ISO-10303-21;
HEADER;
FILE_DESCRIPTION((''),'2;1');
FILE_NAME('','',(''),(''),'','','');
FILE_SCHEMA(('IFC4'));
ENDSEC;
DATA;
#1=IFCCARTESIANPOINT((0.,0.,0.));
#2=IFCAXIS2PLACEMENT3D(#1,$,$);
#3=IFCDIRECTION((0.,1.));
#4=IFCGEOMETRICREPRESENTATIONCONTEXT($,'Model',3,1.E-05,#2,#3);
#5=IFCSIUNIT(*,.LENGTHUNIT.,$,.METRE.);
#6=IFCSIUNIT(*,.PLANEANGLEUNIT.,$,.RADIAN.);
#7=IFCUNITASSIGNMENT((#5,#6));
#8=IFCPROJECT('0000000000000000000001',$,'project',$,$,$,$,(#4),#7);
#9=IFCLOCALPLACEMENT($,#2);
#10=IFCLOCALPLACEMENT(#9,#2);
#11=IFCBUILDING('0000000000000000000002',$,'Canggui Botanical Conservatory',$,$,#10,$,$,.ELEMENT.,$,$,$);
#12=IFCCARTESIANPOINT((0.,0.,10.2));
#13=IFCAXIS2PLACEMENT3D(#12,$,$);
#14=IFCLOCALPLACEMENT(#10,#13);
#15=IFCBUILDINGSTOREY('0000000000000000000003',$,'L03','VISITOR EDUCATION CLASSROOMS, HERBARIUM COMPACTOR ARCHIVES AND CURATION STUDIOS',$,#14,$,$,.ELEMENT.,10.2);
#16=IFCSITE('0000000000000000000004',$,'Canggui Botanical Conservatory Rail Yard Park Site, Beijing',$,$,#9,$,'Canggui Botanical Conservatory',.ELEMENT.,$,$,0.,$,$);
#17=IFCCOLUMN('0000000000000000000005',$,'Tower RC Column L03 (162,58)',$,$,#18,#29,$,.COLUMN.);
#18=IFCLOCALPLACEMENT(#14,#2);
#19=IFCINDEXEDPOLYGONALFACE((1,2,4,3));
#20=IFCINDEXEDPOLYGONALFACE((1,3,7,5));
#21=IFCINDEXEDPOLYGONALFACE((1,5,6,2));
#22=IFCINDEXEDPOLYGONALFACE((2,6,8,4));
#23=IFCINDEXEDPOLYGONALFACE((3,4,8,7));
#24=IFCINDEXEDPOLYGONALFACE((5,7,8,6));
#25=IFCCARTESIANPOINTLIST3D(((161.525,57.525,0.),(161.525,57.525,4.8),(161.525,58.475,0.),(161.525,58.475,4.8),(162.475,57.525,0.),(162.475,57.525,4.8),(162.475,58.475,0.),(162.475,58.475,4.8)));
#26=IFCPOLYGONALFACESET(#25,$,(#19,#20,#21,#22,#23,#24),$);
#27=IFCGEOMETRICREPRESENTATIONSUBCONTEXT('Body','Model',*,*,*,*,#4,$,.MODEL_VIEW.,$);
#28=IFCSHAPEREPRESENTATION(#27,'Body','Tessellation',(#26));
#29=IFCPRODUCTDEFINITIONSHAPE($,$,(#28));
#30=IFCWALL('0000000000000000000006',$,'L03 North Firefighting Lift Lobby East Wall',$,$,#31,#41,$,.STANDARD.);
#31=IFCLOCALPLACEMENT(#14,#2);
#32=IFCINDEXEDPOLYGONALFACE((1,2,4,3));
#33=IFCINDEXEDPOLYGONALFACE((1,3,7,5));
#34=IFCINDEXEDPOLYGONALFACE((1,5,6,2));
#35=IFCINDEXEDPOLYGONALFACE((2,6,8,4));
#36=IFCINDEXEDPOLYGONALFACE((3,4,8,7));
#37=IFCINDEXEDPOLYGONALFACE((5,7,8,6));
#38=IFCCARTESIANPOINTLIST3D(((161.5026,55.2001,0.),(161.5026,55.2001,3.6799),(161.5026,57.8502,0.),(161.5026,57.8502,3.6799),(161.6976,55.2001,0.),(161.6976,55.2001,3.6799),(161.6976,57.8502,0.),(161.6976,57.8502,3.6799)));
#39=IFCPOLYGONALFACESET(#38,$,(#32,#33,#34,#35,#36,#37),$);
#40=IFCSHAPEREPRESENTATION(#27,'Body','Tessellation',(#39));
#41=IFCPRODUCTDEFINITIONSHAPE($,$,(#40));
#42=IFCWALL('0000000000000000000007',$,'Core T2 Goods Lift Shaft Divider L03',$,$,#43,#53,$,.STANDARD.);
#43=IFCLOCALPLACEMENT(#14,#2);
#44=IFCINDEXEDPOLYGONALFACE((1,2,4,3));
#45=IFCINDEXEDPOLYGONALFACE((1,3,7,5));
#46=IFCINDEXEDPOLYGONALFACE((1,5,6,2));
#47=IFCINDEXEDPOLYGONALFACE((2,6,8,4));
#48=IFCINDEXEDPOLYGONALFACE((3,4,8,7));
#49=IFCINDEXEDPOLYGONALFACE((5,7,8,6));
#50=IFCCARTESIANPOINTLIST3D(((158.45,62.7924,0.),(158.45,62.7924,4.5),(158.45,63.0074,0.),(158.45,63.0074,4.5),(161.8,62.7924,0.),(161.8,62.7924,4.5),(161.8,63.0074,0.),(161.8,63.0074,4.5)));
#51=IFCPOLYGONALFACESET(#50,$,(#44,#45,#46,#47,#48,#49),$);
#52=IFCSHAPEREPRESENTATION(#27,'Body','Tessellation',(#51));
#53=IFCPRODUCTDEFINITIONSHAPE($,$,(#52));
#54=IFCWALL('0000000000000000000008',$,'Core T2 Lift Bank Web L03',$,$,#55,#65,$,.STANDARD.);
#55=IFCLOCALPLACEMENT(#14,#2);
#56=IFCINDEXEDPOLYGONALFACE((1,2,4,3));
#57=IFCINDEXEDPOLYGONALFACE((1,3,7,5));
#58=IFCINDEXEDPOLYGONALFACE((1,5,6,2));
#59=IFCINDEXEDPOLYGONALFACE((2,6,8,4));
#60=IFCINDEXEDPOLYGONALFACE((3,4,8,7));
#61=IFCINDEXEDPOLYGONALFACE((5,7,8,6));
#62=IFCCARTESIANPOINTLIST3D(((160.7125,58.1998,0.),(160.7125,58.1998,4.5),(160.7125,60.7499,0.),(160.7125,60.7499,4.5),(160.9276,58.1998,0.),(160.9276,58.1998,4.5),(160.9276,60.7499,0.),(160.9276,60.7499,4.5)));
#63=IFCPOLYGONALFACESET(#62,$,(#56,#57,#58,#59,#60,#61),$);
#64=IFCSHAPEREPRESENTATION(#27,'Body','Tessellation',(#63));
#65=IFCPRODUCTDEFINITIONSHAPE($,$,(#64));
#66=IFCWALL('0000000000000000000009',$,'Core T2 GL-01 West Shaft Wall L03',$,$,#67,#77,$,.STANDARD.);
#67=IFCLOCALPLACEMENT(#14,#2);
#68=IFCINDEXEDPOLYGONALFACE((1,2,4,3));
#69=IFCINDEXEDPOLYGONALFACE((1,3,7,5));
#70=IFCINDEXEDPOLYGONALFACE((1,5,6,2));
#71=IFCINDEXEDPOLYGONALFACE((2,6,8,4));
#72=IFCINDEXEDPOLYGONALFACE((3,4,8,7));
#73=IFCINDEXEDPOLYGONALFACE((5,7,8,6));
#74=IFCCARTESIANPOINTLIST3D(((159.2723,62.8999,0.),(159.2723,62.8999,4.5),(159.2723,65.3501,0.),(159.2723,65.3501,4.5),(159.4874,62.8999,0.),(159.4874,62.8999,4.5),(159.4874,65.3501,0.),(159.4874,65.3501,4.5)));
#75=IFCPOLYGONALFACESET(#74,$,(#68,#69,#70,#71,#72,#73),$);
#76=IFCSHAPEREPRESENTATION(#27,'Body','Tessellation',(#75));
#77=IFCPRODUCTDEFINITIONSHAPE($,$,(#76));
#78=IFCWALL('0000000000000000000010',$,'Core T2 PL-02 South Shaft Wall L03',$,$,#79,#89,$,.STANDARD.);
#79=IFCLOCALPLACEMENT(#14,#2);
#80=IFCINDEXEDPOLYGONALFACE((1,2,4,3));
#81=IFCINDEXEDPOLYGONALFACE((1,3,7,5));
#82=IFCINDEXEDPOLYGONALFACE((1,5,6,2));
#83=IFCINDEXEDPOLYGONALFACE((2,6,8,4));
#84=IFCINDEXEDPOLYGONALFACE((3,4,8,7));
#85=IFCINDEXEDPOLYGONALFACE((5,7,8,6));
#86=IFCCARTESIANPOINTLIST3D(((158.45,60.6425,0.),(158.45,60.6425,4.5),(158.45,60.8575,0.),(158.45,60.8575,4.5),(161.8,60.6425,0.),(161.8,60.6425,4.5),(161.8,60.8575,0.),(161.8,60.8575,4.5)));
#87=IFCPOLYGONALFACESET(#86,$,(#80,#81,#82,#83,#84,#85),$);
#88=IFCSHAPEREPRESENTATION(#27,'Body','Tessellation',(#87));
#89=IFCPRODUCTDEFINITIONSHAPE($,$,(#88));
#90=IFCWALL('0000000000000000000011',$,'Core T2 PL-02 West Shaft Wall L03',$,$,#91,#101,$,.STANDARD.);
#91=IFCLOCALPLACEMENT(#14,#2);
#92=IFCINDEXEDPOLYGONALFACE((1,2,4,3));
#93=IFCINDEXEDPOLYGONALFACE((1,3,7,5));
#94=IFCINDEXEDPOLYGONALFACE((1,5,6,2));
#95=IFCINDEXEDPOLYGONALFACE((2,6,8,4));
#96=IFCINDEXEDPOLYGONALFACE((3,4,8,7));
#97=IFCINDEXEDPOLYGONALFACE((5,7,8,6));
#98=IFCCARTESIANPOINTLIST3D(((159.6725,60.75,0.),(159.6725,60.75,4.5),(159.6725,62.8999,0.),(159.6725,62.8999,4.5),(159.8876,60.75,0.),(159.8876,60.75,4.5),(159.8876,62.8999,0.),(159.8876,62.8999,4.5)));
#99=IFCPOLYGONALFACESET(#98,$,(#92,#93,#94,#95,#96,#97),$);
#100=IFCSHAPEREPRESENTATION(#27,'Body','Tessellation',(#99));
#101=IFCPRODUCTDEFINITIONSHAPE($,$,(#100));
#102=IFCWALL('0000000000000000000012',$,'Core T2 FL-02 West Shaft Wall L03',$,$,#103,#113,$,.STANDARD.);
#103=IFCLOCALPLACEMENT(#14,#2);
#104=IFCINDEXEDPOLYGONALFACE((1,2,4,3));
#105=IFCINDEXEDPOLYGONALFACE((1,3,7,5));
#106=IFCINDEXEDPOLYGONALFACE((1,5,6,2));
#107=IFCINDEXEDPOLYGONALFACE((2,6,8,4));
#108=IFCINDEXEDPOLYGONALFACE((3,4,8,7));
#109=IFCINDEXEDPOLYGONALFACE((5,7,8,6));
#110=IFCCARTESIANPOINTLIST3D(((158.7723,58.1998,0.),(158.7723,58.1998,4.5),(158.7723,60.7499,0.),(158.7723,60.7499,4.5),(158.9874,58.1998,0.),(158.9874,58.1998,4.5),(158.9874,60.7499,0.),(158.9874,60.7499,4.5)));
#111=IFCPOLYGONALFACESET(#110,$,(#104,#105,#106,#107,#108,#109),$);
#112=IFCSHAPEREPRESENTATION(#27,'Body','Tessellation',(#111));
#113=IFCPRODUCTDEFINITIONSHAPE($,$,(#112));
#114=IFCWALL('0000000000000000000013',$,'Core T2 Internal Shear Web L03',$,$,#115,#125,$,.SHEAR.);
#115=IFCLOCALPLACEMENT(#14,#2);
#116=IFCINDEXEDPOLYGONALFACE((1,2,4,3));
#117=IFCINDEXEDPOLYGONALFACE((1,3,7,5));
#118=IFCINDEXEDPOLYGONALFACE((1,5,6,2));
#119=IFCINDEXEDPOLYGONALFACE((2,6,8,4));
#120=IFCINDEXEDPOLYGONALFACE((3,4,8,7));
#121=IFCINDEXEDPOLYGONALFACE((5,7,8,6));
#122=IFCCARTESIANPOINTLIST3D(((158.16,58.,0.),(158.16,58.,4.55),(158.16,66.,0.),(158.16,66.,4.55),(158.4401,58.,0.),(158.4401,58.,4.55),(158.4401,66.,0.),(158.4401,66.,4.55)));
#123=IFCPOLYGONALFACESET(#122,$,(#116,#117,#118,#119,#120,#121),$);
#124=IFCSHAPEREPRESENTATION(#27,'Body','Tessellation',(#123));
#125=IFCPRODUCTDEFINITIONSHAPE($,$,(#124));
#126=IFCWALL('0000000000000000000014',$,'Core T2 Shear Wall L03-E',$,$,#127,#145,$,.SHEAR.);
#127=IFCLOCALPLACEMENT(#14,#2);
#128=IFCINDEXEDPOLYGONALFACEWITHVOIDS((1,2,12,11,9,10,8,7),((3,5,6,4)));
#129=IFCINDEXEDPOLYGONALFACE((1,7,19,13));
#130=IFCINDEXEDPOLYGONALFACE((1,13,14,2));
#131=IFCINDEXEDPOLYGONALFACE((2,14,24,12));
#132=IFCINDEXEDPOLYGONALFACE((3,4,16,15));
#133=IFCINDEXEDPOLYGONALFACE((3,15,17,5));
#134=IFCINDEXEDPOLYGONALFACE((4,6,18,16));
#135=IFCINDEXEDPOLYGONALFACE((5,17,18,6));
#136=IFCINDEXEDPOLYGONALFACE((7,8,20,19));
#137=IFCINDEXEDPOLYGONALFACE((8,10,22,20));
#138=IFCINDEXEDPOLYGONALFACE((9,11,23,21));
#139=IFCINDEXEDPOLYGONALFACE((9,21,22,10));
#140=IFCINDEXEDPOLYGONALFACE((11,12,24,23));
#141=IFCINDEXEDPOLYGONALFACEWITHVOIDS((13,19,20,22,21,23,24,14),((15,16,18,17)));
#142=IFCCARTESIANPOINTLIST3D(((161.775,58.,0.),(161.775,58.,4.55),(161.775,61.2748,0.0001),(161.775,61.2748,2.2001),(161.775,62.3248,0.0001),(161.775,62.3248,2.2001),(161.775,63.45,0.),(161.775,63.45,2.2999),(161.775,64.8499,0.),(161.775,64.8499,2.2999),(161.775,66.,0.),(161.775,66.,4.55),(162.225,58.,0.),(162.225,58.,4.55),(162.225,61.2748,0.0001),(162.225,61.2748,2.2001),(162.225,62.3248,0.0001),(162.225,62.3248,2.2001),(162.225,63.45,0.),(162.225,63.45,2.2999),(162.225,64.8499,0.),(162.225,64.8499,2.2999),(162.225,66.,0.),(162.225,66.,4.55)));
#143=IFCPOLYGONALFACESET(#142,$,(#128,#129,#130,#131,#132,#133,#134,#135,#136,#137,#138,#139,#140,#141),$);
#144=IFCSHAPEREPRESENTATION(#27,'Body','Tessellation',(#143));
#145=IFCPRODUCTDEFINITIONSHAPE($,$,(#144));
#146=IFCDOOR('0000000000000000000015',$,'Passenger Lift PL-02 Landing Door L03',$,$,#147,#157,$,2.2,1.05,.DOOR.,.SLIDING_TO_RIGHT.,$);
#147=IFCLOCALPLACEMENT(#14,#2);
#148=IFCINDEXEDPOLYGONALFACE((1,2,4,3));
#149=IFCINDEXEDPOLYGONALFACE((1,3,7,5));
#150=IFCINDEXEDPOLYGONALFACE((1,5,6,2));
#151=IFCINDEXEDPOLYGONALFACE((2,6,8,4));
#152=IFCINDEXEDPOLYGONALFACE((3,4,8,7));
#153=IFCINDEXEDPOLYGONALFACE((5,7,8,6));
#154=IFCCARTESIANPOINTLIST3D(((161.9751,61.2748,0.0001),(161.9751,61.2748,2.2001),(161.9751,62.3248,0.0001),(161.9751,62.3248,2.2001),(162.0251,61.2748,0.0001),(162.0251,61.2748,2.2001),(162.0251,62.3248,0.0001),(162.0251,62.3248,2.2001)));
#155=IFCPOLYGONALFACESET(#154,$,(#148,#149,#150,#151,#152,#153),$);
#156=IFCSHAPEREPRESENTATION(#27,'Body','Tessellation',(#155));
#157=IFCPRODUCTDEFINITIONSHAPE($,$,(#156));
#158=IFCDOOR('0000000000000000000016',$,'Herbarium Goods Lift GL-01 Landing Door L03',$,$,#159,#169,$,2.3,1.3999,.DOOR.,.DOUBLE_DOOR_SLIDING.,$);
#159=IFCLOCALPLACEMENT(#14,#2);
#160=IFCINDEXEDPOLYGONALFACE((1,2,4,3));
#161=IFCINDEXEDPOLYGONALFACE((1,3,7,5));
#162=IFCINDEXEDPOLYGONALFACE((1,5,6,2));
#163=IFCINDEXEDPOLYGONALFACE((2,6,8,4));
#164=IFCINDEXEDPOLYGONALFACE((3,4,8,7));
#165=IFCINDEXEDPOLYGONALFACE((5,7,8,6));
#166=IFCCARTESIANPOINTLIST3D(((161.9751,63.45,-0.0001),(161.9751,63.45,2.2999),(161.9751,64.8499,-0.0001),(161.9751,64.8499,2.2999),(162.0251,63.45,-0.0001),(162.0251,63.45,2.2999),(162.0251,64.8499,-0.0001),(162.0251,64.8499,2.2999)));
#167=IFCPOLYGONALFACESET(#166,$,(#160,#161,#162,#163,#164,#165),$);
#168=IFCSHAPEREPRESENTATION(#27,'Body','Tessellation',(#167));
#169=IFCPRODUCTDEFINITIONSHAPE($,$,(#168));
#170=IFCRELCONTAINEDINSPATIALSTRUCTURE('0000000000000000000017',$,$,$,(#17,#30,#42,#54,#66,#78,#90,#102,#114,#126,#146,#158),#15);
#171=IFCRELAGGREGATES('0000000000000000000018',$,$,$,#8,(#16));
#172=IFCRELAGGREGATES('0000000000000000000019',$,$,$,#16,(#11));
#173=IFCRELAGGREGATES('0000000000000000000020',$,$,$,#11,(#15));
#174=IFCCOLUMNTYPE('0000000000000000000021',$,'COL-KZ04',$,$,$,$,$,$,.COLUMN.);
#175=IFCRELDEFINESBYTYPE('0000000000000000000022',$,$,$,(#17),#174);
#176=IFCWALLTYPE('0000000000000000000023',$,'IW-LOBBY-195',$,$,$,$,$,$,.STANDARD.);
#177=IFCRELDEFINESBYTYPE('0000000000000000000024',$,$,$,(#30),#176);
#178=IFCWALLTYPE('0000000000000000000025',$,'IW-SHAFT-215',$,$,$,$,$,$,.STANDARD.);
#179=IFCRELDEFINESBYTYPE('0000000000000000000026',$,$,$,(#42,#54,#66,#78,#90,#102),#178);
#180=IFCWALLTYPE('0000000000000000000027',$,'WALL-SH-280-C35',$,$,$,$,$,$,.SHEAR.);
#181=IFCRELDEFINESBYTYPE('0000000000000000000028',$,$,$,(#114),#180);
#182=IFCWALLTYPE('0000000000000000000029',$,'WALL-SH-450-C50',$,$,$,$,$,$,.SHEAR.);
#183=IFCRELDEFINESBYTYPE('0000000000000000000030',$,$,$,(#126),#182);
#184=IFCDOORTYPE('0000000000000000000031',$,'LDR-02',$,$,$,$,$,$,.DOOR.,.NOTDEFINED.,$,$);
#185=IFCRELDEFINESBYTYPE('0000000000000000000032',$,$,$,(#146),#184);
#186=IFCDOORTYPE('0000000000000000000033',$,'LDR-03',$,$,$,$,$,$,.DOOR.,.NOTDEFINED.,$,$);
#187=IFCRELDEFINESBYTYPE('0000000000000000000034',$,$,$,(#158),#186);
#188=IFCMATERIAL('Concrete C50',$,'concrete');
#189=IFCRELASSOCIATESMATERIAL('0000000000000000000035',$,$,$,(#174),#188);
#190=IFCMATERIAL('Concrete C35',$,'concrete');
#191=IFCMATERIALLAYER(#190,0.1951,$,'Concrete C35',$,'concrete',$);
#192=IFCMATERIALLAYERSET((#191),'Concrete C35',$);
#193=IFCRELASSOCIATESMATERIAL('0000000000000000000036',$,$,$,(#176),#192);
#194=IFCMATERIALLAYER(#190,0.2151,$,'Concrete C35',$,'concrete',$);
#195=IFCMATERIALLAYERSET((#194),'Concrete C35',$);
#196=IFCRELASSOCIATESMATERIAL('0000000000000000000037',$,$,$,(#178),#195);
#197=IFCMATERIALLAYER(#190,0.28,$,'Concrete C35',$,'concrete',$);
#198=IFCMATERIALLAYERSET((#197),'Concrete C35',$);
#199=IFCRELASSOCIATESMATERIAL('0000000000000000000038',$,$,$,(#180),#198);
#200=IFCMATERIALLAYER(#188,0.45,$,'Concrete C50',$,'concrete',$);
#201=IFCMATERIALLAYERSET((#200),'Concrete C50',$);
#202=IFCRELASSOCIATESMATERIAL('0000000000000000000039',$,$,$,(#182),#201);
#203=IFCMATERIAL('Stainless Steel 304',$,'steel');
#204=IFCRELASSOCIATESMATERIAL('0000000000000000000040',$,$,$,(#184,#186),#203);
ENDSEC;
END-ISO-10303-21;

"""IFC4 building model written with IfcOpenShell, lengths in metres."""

from ifc_helpers import new_model, si_unit, direction, frame, frame_2d, origin, origin_2d, place, context, subcontext, project, spatial, rectangle, extrude, material, layer, layer_set, material_profile, profile_set, type_object, element, fill, save


model = new_model("IFC4")

# Units and contexts
model_context = context("Model", 3, precision=1e-05, world=origin(), true_north=direction((0.0, 1.0)))
body_context = subcontext(model_context, "Body", "Model", "MODEL_VIEW")
ifc_project = project(units=[si_unit("LENGTHUNIT", "METRE"), si_unit("PLANEANGLEUNIT", "RADIAN")], contexts=[model_context])

# Site, building, storey
site_placement = place(None, origin())
site = spatial("IfcSite", under=ifc_project, at=site_placement, Name="Canggui Botanical Conservatory Rail Yard Park Site, Beijing", LongName="Canggui Botanical Conservatory", CompositionType="ELEMENT", RefElevation=0.0)
building_placement = place(site_placement, origin())
building = spatial("IfcBuilding", under=site, at=building_placement, Name="Canggui Botanical Conservatory", CompositionType="ELEMENT")
storey_placement = place(building_placement, frame((0.0, 0.0, 10.2)))
storey = spatial("IfcBuildingStorey", under=building, at=storey_placement, Name="L03", Description="VISITOR EDUCATION CLASSROOMS, HERBARIUM COMPACTOR ARCHIVES AND CURATION STUDIOS", CompositionType="ELEMENT", Elevation=10.2)

# Column
ifc_material_1 = material(Name="Concrete C50", Category="concrete")
ifc_material_profile = material_profile(ifc_material_1, rectangle(XDim=0.95, YDim=0.95, at=origin_2d()), Name="RC 950x950")
ifc_profile_set = profile_set([ifc_material_profile], Name="Concrete C50")
column_type = type_object("IfcColumnType", Name="COL-KZ04", PredefinedType="COLUMN", material=ifc_profile_set)
column_placement = place(storey_placement, frame((162.0, 58.0, 0.0), z_axis=(0.0, 0.0, 1.0), x_axis=(1.0, 0.0, 0.0)))
element("IfcColumn", 1, at=column_placement, inside=storey, type_object=column_type, Name="Tower RC Column L03 (162,58)", PredefinedType="COLUMN", context=body_context, shape_type="SweptSolid", body=[
    extrude(rectangle(XDim=0.95, YDim=0.95, at=origin_2d()), origin(), (0.0, 0.0, 1.0), 4.8),
])

# Walls
ifc_material_2 = material(Name="Concrete C35", Category="concrete")
ifc_layer_1 = layer(ifc_material_2, 0.1951, Name="Concrete C35", Category="concrete")
ifc_layer_set_1 = layer_set([ifc_layer_1], Name="Concrete C35")
wall_type_1 = type_object("IfcWallType", Name="IW-LOBBY-195", PredefinedType="STANDARD", material=ifc_layer_set_1)
wall_1_placement = place(storey_placement, frame((161.6001, 55.2, 0.0), z_axis=(0.0, 0.0, 1.0), x_axis=(0.0, 1.0, 0.0)))
element("IfcWall", 2, at=wall_1_placement, inside=storey, type_object=wall_type_1, Name="L03 North Firefighting Lift Lobby East Wall", PredefinedType="STANDARD", context=body_context, shape_type="SweptSolid", body=[
    extrude(rectangle(XDim=2.6501, YDim=0.1951, at=frame_2d((1.3252, 0.0))), origin(), (0.0, 0.0, 1.0), 3.6799),
])
ifc_layer_2 = layer(ifc_material_2, 0.2151, Name="Concrete C35", Category="concrete")
ifc_layer_set_2 = layer_set([ifc_layer_2], Name="Concrete C35")
wall_type_2 = type_object("IfcWallType", Name="IW-SHAFT-215", PredefinedType="STANDARD", material=ifc_layer_set_2)
wall_2_placement = place(storey_placement, frame((158.45, 62.8999, 0.0), z_axis=(0.0, 0.0, 1.0), x_axis=(1.0, 0.0, 0.0)))
element("IfcWall", 3, at=wall_2_placement, inside=storey, type_object=wall_type_2, Name="Core T2 Goods Lift Shaft Divider L03", PredefinedType="STANDARD", context=body_context, shape_type="SweptSolid", body=[
    extrude(rectangle(XDim=3.3501, YDim=0.2151, at=frame_2d((1.675, 0.0))), origin(), (0.0, 0.0, 1.0), 4.5),
])
wall_3_placement = place(storey_placement, frame((160.8201, 58.2, 0.0), z_axis=(0.0, 0.0, 1.0), x_axis=(0.0, 1.0, 0.0)))
element("IfcWall", 4, at=wall_3_placement, inside=storey, type_object=wall_type_2, Name="Core T2 Lift Bank Web L03", PredefinedType="STANDARD", context=body_context, shape_type="SweptSolid", body=[
    extrude(rectangle(XDim=2.55, YDim=0.2151, at=frame_2d((1.2749, 0.0))), origin(), (0.0, 0.0, 1.0), 4.5),
])
wall_4_placement = place(storey_placement, frame((159.3799, 62.8999, 0.0), z_axis=(0.0, 0.0, 1.0), x_axis=(0.0, 1.0, 0.0)))
element("IfcWall", 5, at=wall_4_placement, inside=storey, type_object=wall_type_2, Name="Core T2 GL-01 West Shaft Wall L03", PredefinedType="STANDARD", context=body_context, shape_type="SweptSolid", body=[
    extrude(rectangle(XDim=2.4502, YDim=0.2151, at=frame_2d((1.2251, 0.0))), origin(), (0.0, 0.0, 1.0), 4.5),
])
wall_5_placement = place(storey_placement, frame((158.45, 60.75, 0.0), z_axis=(0.0, 0.0, 1.0), x_axis=(1.0, 0.0, 0.0)))
element("IfcWall", 6, at=wall_5_placement, inside=storey, type_object=wall_type_2, Name="Core T2 PL-02 South Shaft Wall L03", PredefinedType="STANDARD", context=body_context, shape_type="SweptSolid", body=[
    extrude(rectangle(XDim=3.3501, YDim=0.2151, at=frame_2d((1.675, 0.0))), origin(), (0.0, 0.0, 1.0), 4.5),
])
wall_6_placement = place(storey_placement, frame((159.78, 60.75, 0.0), z_axis=(0.0, 0.0, 1.0), x_axis=(0.0, 1.0, 0.0)))
element("IfcWall", 7, at=wall_6_placement, inside=storey, type_object=wall_type_2, Name="Core T2 PL-02 West Shaft Wall L03", PredefinedType="STANDARD", context=body_context, shape_type="SweptSolid", body=[
    extrude(rectangle(XDim=2.1499, YDim=0.2151, at=frame_2d((1.075, 0.0))), origin(), (0.0, 0.0, 1.0), 4.5),
])
wall_7_placement = place(storey_placement, frame((158.8799, 58.2, 0.0), z_axis=(0.0, 0.0, 1.0), x_axis=(0.0, 1.0, 0.0)))
element("IfcWall", 8, at=wall_7_placement, inside=storey, type_object=wall_type_2, Name="Core T2 FL-02 West Shaft Wall L03", PredefinedType="STANDARD", context=body_context, shape_type="SweptSolid", body=[
    extrude(rectangle(XDim=2.55, YDim=0.2151, at=frame_2d((1.2749, 0.0))), origin(), (0.0, 0.0, 1.0), 4.5),
])
ifc_layer_3 = layer(ifc_material_2, 0.28, Name="Concrete C35", Category="concrete")
ifc_layer_set_3 = layer_set([ifc_layer_3], Name="Concrete C35")
wall_type_3 = type_object("IfcWallType", Name="WALL-SH-280-C35", PredefinedType="SHEAR", material=ifc_layer_set_3)
wall_8_placement = place(storey_placement, frame((158.3, 58.0, 0.0), z_axis=(0.0, 0.0, 1.0), x_axis=(0.0, 1.0, 0.0)))
element("IfcWall", 9, at=wall_8_placement, inside=storey, type_object=wall_type_3, Name="Core T2 Internal Shear Web L03", PredefinedType="SHEAR", context=body_context, shape_type="SweptSolid", body=[
    extrude(rectangle(XDim=8.0, YDim=0.28, at=frame_2d((4.0, 0.0))), origin(), (0.0, 0.0, 1.0), 4.55),
])

# Wall, openings, doors
ifc_layer_4 = layer(ifc_material_1, 0.45, Name="Concrete C50", Category="concrete")
ifc_layer_set_4 = layer_set([ifc_layer_4], Name="Concrete C50")
wall_type_4 = type_object("IfcWallType", Name="WALL-SH-450-C50", PredefinedType="SHEAR", material=ifc_layer_set_4)
wall_9_placement = place(storey_placement, frame((162.0, 58.0, 0.0), z_axis=(0.0, 0.0, 1.0), x_axis=(0.0, 1.0, 0.0)))
wall_9 = element("IfcWall", 10, at=wall_9_placement, inside=storey, type_object=wall_type_4, Name="Core T2 Shear Wall L03-E", PredefinedType="SHEAR", context=body_context, shape_type="SweptSolid", body=[
    extrude(rectangle(XDim=8.0, YDim=0.45, at=frame_2d((4.0, 0.0))), origin(), (0.0, 0.0, 1.0), 4.55),
])
opening_1_placement = place(wall_9_placement, frame((3.2749, 0.0, 0.0)))
opening_1 = element("IfcOpeningElement", 11, at=opening_1_placement, cuts=wall_9, PredefinedType="OPENING", context=body_context, shape_type="SweptSolid", body=[
    extrude(rectangle(XDim=1.05, YDim=2.2, at=frame_2d((0.5249, 1.1001))), frame((0.0, 0.2349, 0.0), z_axis=(0.0, -1.0, 0.0), x_axis=(1.0, 0.0, 0.0)), (0.0, 0.0, 1.0), 0.47),
])
opening_2_placement = place(wall_9_placement, frame((5.45, 0.0, 0.0)))
opening_2 = element("IfcOpeningElement", 12, at=opening_2_placement, cuts=wall_9, PredefinedType="OPENING", context=body_context, shape_type="SweptSolid", body=[
    extrude(rectangle(XDim=1.3999, YDim=2.3, at=frame_2d((0.7, 1.1499))), frame((0.0, 0.2349, 0.0), z_axis=(0.0, -1.0, 0.0), x_axis=(1.0, 0.0, 0.0)), (0.0, 0.0, 1.0), 0.47),
])
ifc_material_3 = material(Name="Stainless Steel 304", Category="steel")
door_type_1 = type_object("IfcDoorType", Name="LDR-02", OperationType="NOTDEFINED", PredefinedType="DOOR", material=ifc_material_3)
door_1_placement = place(opening_1_placement, origin())
door_1 = element("IfcDoor", 13, at=door_1_placement, inside=storey, type_object=door_type_1, Name="Passenger Lift PL-02 Landing Door L03", OperationType="SLIDING_TO_RIGHT", OverallHeight=2.2, OverallWidth=1.05, PredefinedType="DOOR", context=body_context, shape_type="SweptSolid", body=[
    extrude(rectangle(XDim=1.05, YDim=2.2, at=frame_2d((0.5249, 1.1001))), frame((0.0, 0.0249, 0.0), z_axis=(0.0, -1.0, 0.0), x_axis=(1.0, 0.0, 0.0)), (0.0, 0.0, 1.0), 0.05),
])
fill(opening_1, door_1)
door_type_2 = type_object("IfcDoorType", Name="LDR-03", OperationType="NOTDEFINED", PredefinedType="DOOR", material=ifc_material_3)
door_2_placement = place(opening_2_placement, origin())
door_2 = element("IfcDoor", 14, at=door_2_placement, inside=storey, type_object=door_type_2, Name="Herbarium Goods Lift GL-01 Landing Door L03", OperationType="DOUBLE_DOOR_SLIDING", OverallHeight=2.3, OverallWidth=1.3999, PredefinedType="DOOR", context=body_context, shape_type="SweptSolid", body=[
    extrude(rectangle(XDim=1.3999, YDim=2.3, at=frame_2d((0.7, 1.1499))), frame((0.0, 0.0249, 0.0), z_axis=(0.0, -1.0, 0.0), x_axis=(1.0, 0.0, 0.0)), (0.0, 0.0, 1.0), 0.05),
])
fill(opening_2, door_2)

save(model, "model.ifc")
